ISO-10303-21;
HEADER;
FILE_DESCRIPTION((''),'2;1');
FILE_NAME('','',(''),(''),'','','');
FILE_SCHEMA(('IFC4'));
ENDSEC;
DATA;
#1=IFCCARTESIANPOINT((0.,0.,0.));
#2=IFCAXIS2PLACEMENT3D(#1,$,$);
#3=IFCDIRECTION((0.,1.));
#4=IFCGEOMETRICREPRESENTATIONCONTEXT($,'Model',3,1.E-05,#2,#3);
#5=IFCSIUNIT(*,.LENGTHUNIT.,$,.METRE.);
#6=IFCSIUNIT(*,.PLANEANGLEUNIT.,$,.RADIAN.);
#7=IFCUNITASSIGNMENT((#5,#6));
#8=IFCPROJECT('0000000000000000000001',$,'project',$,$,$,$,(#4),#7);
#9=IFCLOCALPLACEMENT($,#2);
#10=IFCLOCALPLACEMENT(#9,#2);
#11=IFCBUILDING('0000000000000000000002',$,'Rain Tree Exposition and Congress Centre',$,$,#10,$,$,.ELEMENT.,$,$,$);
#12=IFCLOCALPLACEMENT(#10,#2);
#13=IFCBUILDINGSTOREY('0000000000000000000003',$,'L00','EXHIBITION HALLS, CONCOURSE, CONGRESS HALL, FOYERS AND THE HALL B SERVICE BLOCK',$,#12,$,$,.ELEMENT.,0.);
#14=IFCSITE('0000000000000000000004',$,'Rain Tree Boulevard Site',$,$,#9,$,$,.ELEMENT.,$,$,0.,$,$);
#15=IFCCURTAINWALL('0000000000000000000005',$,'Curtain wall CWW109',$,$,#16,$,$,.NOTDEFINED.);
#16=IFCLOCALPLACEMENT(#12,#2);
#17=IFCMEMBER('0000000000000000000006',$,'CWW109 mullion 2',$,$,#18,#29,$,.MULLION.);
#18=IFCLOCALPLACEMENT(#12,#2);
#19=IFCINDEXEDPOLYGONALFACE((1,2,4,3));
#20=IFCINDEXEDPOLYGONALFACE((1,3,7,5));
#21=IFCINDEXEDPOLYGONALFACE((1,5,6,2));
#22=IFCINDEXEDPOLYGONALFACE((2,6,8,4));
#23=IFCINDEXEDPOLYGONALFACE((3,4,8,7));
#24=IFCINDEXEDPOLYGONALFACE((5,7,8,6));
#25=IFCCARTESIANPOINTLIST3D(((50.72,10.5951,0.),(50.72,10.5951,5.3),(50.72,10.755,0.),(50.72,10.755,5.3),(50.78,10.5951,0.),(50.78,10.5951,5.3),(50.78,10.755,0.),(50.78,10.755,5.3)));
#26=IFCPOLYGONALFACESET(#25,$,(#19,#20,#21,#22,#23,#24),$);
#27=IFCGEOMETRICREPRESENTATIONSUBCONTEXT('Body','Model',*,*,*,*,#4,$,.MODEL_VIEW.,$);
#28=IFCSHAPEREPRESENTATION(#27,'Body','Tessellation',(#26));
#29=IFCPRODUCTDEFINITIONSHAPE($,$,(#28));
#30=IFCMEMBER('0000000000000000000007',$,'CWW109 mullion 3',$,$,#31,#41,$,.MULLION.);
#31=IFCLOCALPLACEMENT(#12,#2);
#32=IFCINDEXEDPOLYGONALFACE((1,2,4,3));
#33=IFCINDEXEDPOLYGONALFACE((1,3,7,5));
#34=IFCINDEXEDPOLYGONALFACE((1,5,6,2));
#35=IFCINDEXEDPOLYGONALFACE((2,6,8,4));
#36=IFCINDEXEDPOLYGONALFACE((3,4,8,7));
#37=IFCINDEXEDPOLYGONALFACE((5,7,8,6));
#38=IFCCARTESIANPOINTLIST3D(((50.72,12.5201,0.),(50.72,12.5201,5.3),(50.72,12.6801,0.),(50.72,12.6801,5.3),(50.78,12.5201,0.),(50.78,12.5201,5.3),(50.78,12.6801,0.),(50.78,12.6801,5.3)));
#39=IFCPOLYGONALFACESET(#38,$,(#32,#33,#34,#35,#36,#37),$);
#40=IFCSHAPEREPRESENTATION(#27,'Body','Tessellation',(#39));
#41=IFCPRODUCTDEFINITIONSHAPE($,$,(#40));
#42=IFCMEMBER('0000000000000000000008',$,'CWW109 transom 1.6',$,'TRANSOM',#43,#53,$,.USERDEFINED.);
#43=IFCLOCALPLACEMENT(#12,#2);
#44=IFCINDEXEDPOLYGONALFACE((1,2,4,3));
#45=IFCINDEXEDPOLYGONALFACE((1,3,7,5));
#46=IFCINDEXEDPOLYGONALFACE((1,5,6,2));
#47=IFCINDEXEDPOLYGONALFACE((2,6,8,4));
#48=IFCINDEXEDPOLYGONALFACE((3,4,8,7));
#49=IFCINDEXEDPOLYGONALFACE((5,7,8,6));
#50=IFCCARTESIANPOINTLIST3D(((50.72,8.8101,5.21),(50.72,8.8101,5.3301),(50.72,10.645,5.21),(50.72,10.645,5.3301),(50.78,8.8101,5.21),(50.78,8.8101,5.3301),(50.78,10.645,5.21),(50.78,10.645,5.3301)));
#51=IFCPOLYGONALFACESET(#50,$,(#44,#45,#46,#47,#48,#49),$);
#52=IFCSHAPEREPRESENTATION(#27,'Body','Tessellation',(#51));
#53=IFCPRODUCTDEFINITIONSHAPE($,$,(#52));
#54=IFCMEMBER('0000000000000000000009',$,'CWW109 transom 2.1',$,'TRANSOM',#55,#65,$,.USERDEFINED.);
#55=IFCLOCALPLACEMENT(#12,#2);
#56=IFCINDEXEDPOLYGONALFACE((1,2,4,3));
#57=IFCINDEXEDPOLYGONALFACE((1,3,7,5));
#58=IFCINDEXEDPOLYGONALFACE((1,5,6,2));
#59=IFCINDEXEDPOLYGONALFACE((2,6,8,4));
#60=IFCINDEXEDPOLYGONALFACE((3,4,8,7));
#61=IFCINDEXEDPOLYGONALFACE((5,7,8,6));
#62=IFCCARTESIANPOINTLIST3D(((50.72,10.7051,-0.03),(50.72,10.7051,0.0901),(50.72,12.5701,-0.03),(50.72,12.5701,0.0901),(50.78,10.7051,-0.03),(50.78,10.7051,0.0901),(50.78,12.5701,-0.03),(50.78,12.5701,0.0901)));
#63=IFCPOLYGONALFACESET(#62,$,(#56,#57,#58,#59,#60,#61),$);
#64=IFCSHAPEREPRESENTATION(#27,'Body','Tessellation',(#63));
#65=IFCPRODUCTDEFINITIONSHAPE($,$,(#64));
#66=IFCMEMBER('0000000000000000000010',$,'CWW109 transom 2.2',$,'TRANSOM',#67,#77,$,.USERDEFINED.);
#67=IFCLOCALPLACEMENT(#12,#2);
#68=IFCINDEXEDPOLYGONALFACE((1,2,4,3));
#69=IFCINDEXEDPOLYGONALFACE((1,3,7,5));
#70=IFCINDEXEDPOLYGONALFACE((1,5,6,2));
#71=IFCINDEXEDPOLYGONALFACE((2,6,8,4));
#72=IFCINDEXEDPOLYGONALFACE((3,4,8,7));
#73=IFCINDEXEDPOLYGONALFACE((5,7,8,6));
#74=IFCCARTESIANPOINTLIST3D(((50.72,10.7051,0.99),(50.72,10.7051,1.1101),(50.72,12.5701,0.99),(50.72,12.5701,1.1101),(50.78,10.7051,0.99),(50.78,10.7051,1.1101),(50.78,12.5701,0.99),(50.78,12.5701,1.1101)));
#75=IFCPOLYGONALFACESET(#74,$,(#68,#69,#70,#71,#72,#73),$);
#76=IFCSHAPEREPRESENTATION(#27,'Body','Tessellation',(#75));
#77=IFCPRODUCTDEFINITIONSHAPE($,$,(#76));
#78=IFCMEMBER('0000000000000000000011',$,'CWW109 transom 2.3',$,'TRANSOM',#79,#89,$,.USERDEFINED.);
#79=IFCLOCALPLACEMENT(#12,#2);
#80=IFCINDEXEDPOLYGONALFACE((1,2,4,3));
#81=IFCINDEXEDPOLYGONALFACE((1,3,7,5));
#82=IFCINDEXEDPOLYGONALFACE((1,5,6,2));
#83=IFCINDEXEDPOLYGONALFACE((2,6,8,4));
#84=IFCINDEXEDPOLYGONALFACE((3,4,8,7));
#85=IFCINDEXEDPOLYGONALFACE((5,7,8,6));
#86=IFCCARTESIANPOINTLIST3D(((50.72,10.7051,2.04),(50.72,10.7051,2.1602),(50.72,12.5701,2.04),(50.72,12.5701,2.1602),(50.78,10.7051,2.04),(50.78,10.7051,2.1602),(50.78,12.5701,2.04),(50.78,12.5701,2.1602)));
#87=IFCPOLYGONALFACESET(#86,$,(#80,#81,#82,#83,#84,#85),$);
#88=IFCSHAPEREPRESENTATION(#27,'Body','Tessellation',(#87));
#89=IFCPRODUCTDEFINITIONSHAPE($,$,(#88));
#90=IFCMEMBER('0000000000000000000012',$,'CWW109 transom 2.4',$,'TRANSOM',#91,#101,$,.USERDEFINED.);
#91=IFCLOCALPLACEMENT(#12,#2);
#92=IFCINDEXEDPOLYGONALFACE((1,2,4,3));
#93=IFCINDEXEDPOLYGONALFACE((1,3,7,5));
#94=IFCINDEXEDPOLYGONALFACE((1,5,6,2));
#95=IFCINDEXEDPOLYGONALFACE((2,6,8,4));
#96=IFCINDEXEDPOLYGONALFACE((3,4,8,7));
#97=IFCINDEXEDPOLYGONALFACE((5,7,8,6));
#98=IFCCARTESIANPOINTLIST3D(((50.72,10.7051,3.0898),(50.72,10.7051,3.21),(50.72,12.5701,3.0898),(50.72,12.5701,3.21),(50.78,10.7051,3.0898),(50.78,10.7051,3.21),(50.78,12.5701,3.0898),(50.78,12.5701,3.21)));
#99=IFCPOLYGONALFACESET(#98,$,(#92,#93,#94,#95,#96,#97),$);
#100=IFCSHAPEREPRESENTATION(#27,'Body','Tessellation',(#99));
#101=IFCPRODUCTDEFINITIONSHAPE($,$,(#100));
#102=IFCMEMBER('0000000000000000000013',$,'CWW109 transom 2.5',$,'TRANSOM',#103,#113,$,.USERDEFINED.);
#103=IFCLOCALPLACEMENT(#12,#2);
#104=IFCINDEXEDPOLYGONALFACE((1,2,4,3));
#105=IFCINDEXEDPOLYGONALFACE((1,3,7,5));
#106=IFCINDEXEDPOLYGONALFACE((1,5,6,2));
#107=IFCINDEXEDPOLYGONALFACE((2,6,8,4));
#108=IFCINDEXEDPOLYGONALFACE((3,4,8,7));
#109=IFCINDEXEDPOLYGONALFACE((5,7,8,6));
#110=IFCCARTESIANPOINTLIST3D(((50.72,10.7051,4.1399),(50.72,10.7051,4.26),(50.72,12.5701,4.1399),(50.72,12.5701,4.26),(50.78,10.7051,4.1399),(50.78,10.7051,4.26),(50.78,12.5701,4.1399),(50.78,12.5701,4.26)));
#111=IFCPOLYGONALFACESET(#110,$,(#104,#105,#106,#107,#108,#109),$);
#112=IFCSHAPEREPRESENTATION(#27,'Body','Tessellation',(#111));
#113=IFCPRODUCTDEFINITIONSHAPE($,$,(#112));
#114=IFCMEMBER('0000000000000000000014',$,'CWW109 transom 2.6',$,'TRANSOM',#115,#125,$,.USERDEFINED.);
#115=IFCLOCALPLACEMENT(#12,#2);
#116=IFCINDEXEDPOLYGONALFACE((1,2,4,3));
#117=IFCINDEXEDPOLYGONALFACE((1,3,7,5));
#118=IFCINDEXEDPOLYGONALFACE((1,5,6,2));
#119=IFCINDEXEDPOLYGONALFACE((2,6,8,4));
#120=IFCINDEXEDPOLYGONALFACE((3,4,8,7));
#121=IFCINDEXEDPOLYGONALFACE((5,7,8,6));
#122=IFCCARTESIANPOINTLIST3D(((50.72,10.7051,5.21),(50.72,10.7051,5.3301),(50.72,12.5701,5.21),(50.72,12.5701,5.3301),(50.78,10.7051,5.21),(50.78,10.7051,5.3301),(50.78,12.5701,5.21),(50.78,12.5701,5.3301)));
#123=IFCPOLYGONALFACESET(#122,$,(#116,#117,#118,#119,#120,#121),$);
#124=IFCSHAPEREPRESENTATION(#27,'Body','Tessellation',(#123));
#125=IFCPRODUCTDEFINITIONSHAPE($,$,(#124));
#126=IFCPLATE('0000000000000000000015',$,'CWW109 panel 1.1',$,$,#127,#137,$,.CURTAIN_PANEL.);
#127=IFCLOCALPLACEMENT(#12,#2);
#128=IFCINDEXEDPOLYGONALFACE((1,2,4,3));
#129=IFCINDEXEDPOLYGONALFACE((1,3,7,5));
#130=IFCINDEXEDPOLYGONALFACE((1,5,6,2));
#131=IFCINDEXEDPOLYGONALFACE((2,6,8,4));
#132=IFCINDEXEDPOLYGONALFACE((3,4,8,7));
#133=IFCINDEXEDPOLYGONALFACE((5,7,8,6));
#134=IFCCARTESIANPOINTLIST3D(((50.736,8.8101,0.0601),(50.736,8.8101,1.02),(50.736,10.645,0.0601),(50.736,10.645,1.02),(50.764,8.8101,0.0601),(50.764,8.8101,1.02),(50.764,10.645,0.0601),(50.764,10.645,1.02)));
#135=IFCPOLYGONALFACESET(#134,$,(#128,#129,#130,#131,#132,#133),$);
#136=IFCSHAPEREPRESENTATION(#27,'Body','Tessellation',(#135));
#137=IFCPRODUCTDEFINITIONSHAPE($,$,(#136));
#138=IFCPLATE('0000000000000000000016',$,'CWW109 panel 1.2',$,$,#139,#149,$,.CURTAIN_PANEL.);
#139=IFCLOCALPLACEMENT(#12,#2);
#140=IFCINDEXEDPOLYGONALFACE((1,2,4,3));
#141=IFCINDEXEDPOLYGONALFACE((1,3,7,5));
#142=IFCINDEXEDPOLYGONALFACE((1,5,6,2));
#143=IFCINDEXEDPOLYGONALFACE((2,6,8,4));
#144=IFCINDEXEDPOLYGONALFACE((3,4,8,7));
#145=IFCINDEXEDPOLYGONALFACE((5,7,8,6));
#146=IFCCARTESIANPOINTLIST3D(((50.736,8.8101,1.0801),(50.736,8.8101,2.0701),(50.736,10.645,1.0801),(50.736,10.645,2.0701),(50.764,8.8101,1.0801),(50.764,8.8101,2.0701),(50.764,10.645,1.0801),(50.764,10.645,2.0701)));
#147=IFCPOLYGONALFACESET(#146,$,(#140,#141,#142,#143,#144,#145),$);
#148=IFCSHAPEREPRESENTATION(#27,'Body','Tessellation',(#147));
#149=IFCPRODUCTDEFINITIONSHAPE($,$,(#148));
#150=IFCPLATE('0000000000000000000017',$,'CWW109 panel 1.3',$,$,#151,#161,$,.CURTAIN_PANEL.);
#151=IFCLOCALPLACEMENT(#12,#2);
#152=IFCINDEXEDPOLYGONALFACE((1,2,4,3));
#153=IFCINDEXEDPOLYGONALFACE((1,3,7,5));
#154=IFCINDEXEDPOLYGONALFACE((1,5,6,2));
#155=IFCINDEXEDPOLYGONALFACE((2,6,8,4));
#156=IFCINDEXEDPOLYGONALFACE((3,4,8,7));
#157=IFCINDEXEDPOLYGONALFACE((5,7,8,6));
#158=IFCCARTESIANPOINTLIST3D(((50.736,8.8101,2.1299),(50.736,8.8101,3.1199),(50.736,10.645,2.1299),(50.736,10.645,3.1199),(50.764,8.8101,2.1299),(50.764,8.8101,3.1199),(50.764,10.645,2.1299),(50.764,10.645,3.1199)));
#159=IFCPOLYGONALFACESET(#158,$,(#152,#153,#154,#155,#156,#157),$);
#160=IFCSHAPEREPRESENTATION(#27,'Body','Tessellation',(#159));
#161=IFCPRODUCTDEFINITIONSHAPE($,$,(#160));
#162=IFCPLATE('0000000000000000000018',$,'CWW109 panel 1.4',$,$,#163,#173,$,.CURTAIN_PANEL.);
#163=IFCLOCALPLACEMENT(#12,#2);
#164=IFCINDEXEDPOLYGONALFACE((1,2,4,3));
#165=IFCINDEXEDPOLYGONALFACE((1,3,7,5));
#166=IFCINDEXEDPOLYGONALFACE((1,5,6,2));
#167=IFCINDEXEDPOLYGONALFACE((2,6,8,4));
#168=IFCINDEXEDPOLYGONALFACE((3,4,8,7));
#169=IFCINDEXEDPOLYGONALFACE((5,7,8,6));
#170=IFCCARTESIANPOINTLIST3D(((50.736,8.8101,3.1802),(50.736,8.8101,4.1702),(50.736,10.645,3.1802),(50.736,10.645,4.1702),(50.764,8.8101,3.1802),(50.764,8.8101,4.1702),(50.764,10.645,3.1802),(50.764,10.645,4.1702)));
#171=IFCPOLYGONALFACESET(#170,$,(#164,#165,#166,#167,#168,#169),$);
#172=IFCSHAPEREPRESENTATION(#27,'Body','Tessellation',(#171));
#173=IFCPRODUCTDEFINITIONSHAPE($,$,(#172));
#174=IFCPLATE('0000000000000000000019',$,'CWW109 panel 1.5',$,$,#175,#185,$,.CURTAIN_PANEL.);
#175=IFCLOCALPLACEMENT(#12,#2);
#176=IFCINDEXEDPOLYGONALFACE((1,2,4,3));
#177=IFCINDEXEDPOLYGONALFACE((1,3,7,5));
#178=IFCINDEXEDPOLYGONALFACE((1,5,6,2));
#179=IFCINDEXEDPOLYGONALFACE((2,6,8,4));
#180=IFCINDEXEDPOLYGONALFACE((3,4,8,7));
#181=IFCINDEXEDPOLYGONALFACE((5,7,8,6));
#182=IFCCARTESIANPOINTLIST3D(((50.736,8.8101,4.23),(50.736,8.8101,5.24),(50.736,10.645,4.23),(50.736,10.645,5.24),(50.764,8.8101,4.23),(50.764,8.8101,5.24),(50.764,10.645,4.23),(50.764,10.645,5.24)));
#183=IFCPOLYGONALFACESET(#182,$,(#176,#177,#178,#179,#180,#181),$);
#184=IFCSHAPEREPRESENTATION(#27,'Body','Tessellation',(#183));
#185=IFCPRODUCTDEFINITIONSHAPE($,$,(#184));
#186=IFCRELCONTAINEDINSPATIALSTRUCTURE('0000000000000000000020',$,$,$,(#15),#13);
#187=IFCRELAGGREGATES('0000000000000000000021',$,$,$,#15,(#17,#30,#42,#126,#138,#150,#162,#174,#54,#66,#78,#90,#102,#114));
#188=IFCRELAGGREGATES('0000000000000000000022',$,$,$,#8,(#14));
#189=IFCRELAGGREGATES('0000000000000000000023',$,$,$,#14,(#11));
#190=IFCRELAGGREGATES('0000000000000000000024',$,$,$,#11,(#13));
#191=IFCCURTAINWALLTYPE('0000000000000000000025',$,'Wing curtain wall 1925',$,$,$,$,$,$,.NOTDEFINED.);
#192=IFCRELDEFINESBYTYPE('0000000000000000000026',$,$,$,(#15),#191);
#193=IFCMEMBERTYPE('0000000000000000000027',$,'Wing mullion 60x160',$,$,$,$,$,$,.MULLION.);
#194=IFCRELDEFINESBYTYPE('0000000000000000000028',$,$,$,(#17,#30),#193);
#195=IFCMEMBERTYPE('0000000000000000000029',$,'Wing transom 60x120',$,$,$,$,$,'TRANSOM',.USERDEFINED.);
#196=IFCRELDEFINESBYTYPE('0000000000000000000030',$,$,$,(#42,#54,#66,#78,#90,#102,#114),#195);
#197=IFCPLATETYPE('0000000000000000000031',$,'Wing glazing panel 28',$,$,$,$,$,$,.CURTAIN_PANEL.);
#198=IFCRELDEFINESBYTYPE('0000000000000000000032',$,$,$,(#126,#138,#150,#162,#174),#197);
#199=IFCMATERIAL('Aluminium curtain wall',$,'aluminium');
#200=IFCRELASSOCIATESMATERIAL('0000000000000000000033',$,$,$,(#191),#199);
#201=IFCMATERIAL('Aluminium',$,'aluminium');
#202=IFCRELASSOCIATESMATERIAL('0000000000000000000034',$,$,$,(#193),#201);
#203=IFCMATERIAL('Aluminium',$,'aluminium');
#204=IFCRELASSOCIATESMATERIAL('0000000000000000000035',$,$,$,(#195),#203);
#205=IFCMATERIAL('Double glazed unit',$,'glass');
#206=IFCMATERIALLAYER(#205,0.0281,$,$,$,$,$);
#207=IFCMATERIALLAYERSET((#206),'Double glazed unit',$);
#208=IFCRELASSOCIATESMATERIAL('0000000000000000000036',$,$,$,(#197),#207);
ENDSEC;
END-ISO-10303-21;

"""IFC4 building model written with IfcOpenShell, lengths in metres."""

from ifc_helpers import new_model, si_unit, direction, frame, origin, origin_2d, place, context, subcontext, project, spatial, rectangle, extrude, material, layer, layer_set, material_profile, profile_set, type_object, element, aggregate, save


model = new_model("IFC4")

# Units and contexts
model_context = context("Model", 3, precision=1e-05, world=origin(), true_north=direction((0.0, 1.0)))
body_context = subcontext(model_context, "Body", "Model", "MODEL_VIEW")
ifc_project = project(units=[si_unit("LENGTHUNIT", "METRE"), si_unit("PLANEANGLEUNIT", "RADIAN")], contexts=[model_context])

# Site, building, storey
site_placement = place(None, origin())
site = spatial("IfcSite", under=ifc_project, at=site_placement, Name="Rain Tree Boulevard Site", CompositionType="ELEMENT", RefElevation=0.0)
building_placement = place(site_placement, origin())
building = spatial("IfcBuilding", under=site, at=building_placement, Name="Rain Tree Exposition and Congress Centre", CompositionType="ELEMENT")
storey_placement = place(building_placement, origin())
storey = spatial("IfcBuildingStorey", under=building, at=storey_placement, Name="L00", Description="EXHIBITION HALLS, CONCOURSE, CONGRESS HALL, FOYERS AND THE HALL B SERVICE BLOCK", CompositionType="ELEMENT", Elevation=0.0)

# Curtain wall, members, plates
ifc_material_1 = material(Name="Aluminium curtain wall", Category="aluminium")
curtain_wall_type = type_object("IfcCurtainWallType", Name="Wing curtain wall 1925", PredefinedType="NOTDEFINED", material=ifc_material_1)
curtain_wall_placement = place(storey_placement, origin())
curtain_wall = element("IfcCurtainWall", 1, at=curtain_wall_placement, inside=storey, type_object=curtain_wall_type, Name="Curtain wall CWW109", PredefinedType="NOTDEFINED")
ifc_material_2 = material(Name="Aluminium", Category="aluminium")
ifc_material_profile_1 = material_profile(ifc_material_2, rectangle(XDim=0.0601, YDim=0.1599, at=origin_2d()), Name="Aluminium 60x160")
ifc_profile_set_1 = profile_set([ifc_material_profile_1], Name="Aluminium")
member_type_1 = type_object("IfcMemberType", Name="Wing mullion 60x160", PredefinedType="MULLION", material=ifc_profile_set_1)
member_1_placement = place(storey_placement, frame((50.75, 10.675, 0.0), z_axis=(0.0, 0.0, 1.0), x_axis=(-1.0, 0.0, 0.0)))
member_1 = element("IfcMember", 2, at=member_1_placement, type_object=member_type_1, Name="CWW109 mullion 2", PredefinedType="MULLION", context=body_context, shape_type="SweptSolid", body=[
    extrude(rectangle(XDim=0.0601, YDim=0.1599, at=origin_2d()), origin(), (0.0, 0.0, 1.0), 5.3),
])
member_2_placement = place(storey_placement, frame((50.75, 12.6001, 0.0), z_axis=(0.0, 0.0, 1.0), x_axis=(-1.0, 0.0, 0.0)))
member_2 = element("IfcMember", 3, at=member_2_placement, type_object=member_type_1, Name="CWW109 mullion 3", PredefinedType="MULLION", context=body_context, shape_type="SweptSolid", body=[
    extrude(rectangle(XDim=0.0601, YDim=0.1599, at=origin_2d()), origin(), (0.0, 0.0, 1.0), 5.3),
])
ifc_material_3 = material(Name="Aluminium", Category="aluminium")
ifc_material_profile_2 = material_profile(ifc_material_3, rectangle(XDim=0.0601, YDim=0.1201, at=origin_2d()), Name="Aluminium 60x120")
ifc_profile_set_2 = profile_set([ifc_material_profile_2], Name="Aluminium")
member_type_2 = type_object("IfcMemberType", Name="Wing transom 60x120", ElementType="TRANSOM", PredefinedType="USERDEFINED", material=ifc_profile_set_2)
member_3_placement = place(storey_placement, frame((50.75, 8.8101, 5.27), z_axis=(0.0, 1.0, 0.0), x_axis=(-1.0, 0.0, 0.0)))
member_3 = element("IfcMember", 4, at=member_3_placement, type_object=member_type_2, Name="CWW109 transom 1.6", ObjectType="TRANSOM", PredefinedType="USERDEFINED", context=body_context, shape_type="SweptSolid", body=[
    extrude(rectangle(XDim=0.0601, YDim=0.1201, at=origin_2d()), origin(), (0.0, 0.0, 1.0), 1.835),
])
member_4_placement = place(storey_placement, frame((50.75, 10.7051, 0.03), z_axis=(0.0, 1.0, 0.0), x_axis=(-1.0, 0.0, 0.0)))
member_4 = element("IfcMember", 5, at=member_4_placement, type_object=member_type_2, Name="CWW109 transom 2.1", ObjectType="TRANSOM", PredefinedType="USERDEFINED", context=body_context, shape_type="SweptSolid", body=[
    extrude(rectangle(XDim=0.0601, YDim=0.1201, at=origin_2d()), origin(), (0.0, 0.0, 1.0), 1.865),
])
member_5_placement = place(storey_placement, frame((50.75, 10.7051, 1.05), z_axis=(0.0, 1.0, 0.0), x_axis=(-1.0, 0.0, 0.0)))
member_5 = element("IfcMember", 6, at=member_5_placement, type_object=member_type_2, Name="CWW109 transom 2.2", ObjectType="TRANSOM", PredefinedType="USERDEFINED", context=body_context, shape_type="SweptSolid", body=[
    extrude(rectangle(XDim=0.0601, YDim=0.1201, at=origin_2d()), origin(), (0.0, 0.0, 1.0), 1.865),
])
member_6_placement = place(storey_placement, frame((50.75, 10.7051, 2.1001), z_axis=(0.0, 1.0, 0.0), x_axis=(-1.0, 0.0, 0.0)))
member_6 = element("IfcMember", 7, at=member_6_placement, type_object=member_type_2, Name="CWW109 transom 2.3", ObjectType="TRANSOM", PredefinedType="USERDEFINED", context=body_context, shape_type="SweptSolid", body=[
    extrude(rectangle(XDim=0.0601, YDim=0.1201, at=origin_2d()), origin(), (0.0, 0.0, 1.0), 1.865),
])
member_7_placement = place(storey_placement, frame((50.75, 10.7051, 3.1499), z_axis=(0.0, 1.0, 0.0), x_axis=(-1.0, 0.0, 0.0)))
member_7 = element("IfcMember", 8, at=member_7_placement, type_object=member_type_2, Name="CWW109 transom 2.4", ObjectType="TRANSOM", PredefinedType="USERDEFINED", context=body_context, shape_type="SweptSolid", body=[
    extrude(rectangle(XDim=0.0601, YDim=0.1201, at=origin_2d()), origin(), (0.0, 0.0, 1.0), 1.865),
])
member_8_placement = place(storey_placement, frame((50.75, 10.7051, 4.2), z_axis=(0.0, 1.0, 0.0), x_axis=(-1.0, 0.0, 0.0)))
member_8 = element("IfcMember", 9, at=member_8_placement, type_object=member_type_2, Name="CWW109 transom 2.5", ObjectType="TRANSOM", PredefinedType="USERDEFINED", context=body_context, shape_type="SweptSolid", body=[
    extrude(rectangle(XDim=0.0601, YDim=0.1201, at=origin_2d()), origin(), (0.0, 0.0, 1.0), 1.865),
])
member_9_placement = place(storey_placement, frame((50.75, 10.7051, 5.27), z_axis=(0.0, 1.0, 0.0), x_axis=(-1.0, 0.0, 0.0)))
member_9 = element("IfcMember", 10, at=member_9_placement, type_object=member_type_2, Name="CWW109 transom 2.6", ObjectType="TRANSOM", PredefinedType="USERDEFINED", context=body_context, shape_type="SweptSolid", body=[
    extrude(rectangle(XDim=0.0601, YDim=0.1201, at=origin_2d()), origin(), (0.0, 0.0, 1.0), 1.865),
])
ifc_material_4 = material(Name="Double glazed unit", Category="glass")
ifc_layer_1 = layer(ifc_material_4, 0.0281)
ifc_layer_set_1 = layer_set([ifc_layer_1], Name="Double glazed unit")
plate_type = type_object("IfcPlateType", Name="Wing glazing panel 28", PredefinedType="CURTAIN_PANEL", material=ifc_layer_set_1)
plate_1_placement = place(storey_placement, frame((50.75, 9.7275, 0.0601), z_axis=(0.0, 0.0, 1.0), x_axis=(0.0, 1.0, 0.0)))
plate_1 = element("IfcPlate", 11, at=plate_1_placement, type_object=plate_type, Name="CWW109 panel 1.1", PredefinedType="CURTAIN_PANEL", context=body_context, shape_type="SweptSolid", body=[
    extrude(rectangle(XDim=1.835, YDim=0.0281, at=origin_2d()), origin(), (0.0, 0.0, 1.0), 0.96),
])
plate_2_placement = place(storey_placement, frame((50.75, 9.7275, 1.0801), z_axis=(0.0, 0.0, 1.0), x_axis=(0.0, 1.0, 0.0)))
plate_2 = element("IfcPlate", 12, at=plate_2_placement, type_object=plate_type, Name="CWW109 panel 1.2", PredefinedType="CURTAIN_PANEL", context=body_context, shape_type="SweptSolid", body=[
    extrude(rectangle(XDim=1.835, YDim=0.0281, at=origin_2d()), origin(), (0.0, 0.0, 1.0), 0.99),
])
plate_3_placement = place(storey_placement, frame((50.75, 9.7275, 2.1299), z_axis=(0.0, 0.0, 1.0), x_axis=(0.0, 1.0, 0.0)))
plate_3 = element("IfcPlate", 13, at=plate_3_placement, type_object=plate_type, Name="CWW109 panel 1.3", PredefinedType="CURTAIN_PANEL", context=body_context, shape_type="SweptSolid", body=[
    extrude(rectangle(XDim=1.835, YDim=0.0281, at=origin_2d()), origin(), (0.0, 0.0, 1.0), 0.99),
])
plate_4_placement = place(storey_placement, frame((50.75, 9.7275, 3.1802), z_axis=(0.0, 0.0, 1.0), x_axis=(0.0, 1.0, 0.0)))
plate_4 = element("IfcPlate", 14, at=plate_4_placement, type_object=plate_type, Name="CWW109 panel 1.4", PredefinedType="CURTAIN_PANEL", context=body_context, shape_type="SweptSolid", body=[
    extrude(rectangle(XDim=1.835, YDim=0.0281, at=origin_2d()), origin(), (0.0, 0.0, 1.0), 0.99),
])
plate_5_placement = place(storey_placement, frame((50.75, 9.7275, 4.23), z_axis=(0.0, 0.0, 1.0), x_axis=(0.0, 1.0, 0.0)))
plate_5 = element("IfcPlate", 15, at=plate_5_placement, type_object=plate_type, Name="CWW109 panel 1.5", PredefinedType="CURTAIN_PANEL", context=body_context, shape_type="SweptSolid", body=[
    extrude(rectangle(XDim=1.835, YDim=0.0281, at=origin_2d()), origin(), (0.0, 0.0, 1.0), 1.01),
])
aggregate(curtain_wall, [member_1, member_2, member_3, plate_1, plate_2, plate_3, plate_4, plate_5, member_4, member_5, member_6, member_7, member_8, member_9])

save(model, "model.ifc")
